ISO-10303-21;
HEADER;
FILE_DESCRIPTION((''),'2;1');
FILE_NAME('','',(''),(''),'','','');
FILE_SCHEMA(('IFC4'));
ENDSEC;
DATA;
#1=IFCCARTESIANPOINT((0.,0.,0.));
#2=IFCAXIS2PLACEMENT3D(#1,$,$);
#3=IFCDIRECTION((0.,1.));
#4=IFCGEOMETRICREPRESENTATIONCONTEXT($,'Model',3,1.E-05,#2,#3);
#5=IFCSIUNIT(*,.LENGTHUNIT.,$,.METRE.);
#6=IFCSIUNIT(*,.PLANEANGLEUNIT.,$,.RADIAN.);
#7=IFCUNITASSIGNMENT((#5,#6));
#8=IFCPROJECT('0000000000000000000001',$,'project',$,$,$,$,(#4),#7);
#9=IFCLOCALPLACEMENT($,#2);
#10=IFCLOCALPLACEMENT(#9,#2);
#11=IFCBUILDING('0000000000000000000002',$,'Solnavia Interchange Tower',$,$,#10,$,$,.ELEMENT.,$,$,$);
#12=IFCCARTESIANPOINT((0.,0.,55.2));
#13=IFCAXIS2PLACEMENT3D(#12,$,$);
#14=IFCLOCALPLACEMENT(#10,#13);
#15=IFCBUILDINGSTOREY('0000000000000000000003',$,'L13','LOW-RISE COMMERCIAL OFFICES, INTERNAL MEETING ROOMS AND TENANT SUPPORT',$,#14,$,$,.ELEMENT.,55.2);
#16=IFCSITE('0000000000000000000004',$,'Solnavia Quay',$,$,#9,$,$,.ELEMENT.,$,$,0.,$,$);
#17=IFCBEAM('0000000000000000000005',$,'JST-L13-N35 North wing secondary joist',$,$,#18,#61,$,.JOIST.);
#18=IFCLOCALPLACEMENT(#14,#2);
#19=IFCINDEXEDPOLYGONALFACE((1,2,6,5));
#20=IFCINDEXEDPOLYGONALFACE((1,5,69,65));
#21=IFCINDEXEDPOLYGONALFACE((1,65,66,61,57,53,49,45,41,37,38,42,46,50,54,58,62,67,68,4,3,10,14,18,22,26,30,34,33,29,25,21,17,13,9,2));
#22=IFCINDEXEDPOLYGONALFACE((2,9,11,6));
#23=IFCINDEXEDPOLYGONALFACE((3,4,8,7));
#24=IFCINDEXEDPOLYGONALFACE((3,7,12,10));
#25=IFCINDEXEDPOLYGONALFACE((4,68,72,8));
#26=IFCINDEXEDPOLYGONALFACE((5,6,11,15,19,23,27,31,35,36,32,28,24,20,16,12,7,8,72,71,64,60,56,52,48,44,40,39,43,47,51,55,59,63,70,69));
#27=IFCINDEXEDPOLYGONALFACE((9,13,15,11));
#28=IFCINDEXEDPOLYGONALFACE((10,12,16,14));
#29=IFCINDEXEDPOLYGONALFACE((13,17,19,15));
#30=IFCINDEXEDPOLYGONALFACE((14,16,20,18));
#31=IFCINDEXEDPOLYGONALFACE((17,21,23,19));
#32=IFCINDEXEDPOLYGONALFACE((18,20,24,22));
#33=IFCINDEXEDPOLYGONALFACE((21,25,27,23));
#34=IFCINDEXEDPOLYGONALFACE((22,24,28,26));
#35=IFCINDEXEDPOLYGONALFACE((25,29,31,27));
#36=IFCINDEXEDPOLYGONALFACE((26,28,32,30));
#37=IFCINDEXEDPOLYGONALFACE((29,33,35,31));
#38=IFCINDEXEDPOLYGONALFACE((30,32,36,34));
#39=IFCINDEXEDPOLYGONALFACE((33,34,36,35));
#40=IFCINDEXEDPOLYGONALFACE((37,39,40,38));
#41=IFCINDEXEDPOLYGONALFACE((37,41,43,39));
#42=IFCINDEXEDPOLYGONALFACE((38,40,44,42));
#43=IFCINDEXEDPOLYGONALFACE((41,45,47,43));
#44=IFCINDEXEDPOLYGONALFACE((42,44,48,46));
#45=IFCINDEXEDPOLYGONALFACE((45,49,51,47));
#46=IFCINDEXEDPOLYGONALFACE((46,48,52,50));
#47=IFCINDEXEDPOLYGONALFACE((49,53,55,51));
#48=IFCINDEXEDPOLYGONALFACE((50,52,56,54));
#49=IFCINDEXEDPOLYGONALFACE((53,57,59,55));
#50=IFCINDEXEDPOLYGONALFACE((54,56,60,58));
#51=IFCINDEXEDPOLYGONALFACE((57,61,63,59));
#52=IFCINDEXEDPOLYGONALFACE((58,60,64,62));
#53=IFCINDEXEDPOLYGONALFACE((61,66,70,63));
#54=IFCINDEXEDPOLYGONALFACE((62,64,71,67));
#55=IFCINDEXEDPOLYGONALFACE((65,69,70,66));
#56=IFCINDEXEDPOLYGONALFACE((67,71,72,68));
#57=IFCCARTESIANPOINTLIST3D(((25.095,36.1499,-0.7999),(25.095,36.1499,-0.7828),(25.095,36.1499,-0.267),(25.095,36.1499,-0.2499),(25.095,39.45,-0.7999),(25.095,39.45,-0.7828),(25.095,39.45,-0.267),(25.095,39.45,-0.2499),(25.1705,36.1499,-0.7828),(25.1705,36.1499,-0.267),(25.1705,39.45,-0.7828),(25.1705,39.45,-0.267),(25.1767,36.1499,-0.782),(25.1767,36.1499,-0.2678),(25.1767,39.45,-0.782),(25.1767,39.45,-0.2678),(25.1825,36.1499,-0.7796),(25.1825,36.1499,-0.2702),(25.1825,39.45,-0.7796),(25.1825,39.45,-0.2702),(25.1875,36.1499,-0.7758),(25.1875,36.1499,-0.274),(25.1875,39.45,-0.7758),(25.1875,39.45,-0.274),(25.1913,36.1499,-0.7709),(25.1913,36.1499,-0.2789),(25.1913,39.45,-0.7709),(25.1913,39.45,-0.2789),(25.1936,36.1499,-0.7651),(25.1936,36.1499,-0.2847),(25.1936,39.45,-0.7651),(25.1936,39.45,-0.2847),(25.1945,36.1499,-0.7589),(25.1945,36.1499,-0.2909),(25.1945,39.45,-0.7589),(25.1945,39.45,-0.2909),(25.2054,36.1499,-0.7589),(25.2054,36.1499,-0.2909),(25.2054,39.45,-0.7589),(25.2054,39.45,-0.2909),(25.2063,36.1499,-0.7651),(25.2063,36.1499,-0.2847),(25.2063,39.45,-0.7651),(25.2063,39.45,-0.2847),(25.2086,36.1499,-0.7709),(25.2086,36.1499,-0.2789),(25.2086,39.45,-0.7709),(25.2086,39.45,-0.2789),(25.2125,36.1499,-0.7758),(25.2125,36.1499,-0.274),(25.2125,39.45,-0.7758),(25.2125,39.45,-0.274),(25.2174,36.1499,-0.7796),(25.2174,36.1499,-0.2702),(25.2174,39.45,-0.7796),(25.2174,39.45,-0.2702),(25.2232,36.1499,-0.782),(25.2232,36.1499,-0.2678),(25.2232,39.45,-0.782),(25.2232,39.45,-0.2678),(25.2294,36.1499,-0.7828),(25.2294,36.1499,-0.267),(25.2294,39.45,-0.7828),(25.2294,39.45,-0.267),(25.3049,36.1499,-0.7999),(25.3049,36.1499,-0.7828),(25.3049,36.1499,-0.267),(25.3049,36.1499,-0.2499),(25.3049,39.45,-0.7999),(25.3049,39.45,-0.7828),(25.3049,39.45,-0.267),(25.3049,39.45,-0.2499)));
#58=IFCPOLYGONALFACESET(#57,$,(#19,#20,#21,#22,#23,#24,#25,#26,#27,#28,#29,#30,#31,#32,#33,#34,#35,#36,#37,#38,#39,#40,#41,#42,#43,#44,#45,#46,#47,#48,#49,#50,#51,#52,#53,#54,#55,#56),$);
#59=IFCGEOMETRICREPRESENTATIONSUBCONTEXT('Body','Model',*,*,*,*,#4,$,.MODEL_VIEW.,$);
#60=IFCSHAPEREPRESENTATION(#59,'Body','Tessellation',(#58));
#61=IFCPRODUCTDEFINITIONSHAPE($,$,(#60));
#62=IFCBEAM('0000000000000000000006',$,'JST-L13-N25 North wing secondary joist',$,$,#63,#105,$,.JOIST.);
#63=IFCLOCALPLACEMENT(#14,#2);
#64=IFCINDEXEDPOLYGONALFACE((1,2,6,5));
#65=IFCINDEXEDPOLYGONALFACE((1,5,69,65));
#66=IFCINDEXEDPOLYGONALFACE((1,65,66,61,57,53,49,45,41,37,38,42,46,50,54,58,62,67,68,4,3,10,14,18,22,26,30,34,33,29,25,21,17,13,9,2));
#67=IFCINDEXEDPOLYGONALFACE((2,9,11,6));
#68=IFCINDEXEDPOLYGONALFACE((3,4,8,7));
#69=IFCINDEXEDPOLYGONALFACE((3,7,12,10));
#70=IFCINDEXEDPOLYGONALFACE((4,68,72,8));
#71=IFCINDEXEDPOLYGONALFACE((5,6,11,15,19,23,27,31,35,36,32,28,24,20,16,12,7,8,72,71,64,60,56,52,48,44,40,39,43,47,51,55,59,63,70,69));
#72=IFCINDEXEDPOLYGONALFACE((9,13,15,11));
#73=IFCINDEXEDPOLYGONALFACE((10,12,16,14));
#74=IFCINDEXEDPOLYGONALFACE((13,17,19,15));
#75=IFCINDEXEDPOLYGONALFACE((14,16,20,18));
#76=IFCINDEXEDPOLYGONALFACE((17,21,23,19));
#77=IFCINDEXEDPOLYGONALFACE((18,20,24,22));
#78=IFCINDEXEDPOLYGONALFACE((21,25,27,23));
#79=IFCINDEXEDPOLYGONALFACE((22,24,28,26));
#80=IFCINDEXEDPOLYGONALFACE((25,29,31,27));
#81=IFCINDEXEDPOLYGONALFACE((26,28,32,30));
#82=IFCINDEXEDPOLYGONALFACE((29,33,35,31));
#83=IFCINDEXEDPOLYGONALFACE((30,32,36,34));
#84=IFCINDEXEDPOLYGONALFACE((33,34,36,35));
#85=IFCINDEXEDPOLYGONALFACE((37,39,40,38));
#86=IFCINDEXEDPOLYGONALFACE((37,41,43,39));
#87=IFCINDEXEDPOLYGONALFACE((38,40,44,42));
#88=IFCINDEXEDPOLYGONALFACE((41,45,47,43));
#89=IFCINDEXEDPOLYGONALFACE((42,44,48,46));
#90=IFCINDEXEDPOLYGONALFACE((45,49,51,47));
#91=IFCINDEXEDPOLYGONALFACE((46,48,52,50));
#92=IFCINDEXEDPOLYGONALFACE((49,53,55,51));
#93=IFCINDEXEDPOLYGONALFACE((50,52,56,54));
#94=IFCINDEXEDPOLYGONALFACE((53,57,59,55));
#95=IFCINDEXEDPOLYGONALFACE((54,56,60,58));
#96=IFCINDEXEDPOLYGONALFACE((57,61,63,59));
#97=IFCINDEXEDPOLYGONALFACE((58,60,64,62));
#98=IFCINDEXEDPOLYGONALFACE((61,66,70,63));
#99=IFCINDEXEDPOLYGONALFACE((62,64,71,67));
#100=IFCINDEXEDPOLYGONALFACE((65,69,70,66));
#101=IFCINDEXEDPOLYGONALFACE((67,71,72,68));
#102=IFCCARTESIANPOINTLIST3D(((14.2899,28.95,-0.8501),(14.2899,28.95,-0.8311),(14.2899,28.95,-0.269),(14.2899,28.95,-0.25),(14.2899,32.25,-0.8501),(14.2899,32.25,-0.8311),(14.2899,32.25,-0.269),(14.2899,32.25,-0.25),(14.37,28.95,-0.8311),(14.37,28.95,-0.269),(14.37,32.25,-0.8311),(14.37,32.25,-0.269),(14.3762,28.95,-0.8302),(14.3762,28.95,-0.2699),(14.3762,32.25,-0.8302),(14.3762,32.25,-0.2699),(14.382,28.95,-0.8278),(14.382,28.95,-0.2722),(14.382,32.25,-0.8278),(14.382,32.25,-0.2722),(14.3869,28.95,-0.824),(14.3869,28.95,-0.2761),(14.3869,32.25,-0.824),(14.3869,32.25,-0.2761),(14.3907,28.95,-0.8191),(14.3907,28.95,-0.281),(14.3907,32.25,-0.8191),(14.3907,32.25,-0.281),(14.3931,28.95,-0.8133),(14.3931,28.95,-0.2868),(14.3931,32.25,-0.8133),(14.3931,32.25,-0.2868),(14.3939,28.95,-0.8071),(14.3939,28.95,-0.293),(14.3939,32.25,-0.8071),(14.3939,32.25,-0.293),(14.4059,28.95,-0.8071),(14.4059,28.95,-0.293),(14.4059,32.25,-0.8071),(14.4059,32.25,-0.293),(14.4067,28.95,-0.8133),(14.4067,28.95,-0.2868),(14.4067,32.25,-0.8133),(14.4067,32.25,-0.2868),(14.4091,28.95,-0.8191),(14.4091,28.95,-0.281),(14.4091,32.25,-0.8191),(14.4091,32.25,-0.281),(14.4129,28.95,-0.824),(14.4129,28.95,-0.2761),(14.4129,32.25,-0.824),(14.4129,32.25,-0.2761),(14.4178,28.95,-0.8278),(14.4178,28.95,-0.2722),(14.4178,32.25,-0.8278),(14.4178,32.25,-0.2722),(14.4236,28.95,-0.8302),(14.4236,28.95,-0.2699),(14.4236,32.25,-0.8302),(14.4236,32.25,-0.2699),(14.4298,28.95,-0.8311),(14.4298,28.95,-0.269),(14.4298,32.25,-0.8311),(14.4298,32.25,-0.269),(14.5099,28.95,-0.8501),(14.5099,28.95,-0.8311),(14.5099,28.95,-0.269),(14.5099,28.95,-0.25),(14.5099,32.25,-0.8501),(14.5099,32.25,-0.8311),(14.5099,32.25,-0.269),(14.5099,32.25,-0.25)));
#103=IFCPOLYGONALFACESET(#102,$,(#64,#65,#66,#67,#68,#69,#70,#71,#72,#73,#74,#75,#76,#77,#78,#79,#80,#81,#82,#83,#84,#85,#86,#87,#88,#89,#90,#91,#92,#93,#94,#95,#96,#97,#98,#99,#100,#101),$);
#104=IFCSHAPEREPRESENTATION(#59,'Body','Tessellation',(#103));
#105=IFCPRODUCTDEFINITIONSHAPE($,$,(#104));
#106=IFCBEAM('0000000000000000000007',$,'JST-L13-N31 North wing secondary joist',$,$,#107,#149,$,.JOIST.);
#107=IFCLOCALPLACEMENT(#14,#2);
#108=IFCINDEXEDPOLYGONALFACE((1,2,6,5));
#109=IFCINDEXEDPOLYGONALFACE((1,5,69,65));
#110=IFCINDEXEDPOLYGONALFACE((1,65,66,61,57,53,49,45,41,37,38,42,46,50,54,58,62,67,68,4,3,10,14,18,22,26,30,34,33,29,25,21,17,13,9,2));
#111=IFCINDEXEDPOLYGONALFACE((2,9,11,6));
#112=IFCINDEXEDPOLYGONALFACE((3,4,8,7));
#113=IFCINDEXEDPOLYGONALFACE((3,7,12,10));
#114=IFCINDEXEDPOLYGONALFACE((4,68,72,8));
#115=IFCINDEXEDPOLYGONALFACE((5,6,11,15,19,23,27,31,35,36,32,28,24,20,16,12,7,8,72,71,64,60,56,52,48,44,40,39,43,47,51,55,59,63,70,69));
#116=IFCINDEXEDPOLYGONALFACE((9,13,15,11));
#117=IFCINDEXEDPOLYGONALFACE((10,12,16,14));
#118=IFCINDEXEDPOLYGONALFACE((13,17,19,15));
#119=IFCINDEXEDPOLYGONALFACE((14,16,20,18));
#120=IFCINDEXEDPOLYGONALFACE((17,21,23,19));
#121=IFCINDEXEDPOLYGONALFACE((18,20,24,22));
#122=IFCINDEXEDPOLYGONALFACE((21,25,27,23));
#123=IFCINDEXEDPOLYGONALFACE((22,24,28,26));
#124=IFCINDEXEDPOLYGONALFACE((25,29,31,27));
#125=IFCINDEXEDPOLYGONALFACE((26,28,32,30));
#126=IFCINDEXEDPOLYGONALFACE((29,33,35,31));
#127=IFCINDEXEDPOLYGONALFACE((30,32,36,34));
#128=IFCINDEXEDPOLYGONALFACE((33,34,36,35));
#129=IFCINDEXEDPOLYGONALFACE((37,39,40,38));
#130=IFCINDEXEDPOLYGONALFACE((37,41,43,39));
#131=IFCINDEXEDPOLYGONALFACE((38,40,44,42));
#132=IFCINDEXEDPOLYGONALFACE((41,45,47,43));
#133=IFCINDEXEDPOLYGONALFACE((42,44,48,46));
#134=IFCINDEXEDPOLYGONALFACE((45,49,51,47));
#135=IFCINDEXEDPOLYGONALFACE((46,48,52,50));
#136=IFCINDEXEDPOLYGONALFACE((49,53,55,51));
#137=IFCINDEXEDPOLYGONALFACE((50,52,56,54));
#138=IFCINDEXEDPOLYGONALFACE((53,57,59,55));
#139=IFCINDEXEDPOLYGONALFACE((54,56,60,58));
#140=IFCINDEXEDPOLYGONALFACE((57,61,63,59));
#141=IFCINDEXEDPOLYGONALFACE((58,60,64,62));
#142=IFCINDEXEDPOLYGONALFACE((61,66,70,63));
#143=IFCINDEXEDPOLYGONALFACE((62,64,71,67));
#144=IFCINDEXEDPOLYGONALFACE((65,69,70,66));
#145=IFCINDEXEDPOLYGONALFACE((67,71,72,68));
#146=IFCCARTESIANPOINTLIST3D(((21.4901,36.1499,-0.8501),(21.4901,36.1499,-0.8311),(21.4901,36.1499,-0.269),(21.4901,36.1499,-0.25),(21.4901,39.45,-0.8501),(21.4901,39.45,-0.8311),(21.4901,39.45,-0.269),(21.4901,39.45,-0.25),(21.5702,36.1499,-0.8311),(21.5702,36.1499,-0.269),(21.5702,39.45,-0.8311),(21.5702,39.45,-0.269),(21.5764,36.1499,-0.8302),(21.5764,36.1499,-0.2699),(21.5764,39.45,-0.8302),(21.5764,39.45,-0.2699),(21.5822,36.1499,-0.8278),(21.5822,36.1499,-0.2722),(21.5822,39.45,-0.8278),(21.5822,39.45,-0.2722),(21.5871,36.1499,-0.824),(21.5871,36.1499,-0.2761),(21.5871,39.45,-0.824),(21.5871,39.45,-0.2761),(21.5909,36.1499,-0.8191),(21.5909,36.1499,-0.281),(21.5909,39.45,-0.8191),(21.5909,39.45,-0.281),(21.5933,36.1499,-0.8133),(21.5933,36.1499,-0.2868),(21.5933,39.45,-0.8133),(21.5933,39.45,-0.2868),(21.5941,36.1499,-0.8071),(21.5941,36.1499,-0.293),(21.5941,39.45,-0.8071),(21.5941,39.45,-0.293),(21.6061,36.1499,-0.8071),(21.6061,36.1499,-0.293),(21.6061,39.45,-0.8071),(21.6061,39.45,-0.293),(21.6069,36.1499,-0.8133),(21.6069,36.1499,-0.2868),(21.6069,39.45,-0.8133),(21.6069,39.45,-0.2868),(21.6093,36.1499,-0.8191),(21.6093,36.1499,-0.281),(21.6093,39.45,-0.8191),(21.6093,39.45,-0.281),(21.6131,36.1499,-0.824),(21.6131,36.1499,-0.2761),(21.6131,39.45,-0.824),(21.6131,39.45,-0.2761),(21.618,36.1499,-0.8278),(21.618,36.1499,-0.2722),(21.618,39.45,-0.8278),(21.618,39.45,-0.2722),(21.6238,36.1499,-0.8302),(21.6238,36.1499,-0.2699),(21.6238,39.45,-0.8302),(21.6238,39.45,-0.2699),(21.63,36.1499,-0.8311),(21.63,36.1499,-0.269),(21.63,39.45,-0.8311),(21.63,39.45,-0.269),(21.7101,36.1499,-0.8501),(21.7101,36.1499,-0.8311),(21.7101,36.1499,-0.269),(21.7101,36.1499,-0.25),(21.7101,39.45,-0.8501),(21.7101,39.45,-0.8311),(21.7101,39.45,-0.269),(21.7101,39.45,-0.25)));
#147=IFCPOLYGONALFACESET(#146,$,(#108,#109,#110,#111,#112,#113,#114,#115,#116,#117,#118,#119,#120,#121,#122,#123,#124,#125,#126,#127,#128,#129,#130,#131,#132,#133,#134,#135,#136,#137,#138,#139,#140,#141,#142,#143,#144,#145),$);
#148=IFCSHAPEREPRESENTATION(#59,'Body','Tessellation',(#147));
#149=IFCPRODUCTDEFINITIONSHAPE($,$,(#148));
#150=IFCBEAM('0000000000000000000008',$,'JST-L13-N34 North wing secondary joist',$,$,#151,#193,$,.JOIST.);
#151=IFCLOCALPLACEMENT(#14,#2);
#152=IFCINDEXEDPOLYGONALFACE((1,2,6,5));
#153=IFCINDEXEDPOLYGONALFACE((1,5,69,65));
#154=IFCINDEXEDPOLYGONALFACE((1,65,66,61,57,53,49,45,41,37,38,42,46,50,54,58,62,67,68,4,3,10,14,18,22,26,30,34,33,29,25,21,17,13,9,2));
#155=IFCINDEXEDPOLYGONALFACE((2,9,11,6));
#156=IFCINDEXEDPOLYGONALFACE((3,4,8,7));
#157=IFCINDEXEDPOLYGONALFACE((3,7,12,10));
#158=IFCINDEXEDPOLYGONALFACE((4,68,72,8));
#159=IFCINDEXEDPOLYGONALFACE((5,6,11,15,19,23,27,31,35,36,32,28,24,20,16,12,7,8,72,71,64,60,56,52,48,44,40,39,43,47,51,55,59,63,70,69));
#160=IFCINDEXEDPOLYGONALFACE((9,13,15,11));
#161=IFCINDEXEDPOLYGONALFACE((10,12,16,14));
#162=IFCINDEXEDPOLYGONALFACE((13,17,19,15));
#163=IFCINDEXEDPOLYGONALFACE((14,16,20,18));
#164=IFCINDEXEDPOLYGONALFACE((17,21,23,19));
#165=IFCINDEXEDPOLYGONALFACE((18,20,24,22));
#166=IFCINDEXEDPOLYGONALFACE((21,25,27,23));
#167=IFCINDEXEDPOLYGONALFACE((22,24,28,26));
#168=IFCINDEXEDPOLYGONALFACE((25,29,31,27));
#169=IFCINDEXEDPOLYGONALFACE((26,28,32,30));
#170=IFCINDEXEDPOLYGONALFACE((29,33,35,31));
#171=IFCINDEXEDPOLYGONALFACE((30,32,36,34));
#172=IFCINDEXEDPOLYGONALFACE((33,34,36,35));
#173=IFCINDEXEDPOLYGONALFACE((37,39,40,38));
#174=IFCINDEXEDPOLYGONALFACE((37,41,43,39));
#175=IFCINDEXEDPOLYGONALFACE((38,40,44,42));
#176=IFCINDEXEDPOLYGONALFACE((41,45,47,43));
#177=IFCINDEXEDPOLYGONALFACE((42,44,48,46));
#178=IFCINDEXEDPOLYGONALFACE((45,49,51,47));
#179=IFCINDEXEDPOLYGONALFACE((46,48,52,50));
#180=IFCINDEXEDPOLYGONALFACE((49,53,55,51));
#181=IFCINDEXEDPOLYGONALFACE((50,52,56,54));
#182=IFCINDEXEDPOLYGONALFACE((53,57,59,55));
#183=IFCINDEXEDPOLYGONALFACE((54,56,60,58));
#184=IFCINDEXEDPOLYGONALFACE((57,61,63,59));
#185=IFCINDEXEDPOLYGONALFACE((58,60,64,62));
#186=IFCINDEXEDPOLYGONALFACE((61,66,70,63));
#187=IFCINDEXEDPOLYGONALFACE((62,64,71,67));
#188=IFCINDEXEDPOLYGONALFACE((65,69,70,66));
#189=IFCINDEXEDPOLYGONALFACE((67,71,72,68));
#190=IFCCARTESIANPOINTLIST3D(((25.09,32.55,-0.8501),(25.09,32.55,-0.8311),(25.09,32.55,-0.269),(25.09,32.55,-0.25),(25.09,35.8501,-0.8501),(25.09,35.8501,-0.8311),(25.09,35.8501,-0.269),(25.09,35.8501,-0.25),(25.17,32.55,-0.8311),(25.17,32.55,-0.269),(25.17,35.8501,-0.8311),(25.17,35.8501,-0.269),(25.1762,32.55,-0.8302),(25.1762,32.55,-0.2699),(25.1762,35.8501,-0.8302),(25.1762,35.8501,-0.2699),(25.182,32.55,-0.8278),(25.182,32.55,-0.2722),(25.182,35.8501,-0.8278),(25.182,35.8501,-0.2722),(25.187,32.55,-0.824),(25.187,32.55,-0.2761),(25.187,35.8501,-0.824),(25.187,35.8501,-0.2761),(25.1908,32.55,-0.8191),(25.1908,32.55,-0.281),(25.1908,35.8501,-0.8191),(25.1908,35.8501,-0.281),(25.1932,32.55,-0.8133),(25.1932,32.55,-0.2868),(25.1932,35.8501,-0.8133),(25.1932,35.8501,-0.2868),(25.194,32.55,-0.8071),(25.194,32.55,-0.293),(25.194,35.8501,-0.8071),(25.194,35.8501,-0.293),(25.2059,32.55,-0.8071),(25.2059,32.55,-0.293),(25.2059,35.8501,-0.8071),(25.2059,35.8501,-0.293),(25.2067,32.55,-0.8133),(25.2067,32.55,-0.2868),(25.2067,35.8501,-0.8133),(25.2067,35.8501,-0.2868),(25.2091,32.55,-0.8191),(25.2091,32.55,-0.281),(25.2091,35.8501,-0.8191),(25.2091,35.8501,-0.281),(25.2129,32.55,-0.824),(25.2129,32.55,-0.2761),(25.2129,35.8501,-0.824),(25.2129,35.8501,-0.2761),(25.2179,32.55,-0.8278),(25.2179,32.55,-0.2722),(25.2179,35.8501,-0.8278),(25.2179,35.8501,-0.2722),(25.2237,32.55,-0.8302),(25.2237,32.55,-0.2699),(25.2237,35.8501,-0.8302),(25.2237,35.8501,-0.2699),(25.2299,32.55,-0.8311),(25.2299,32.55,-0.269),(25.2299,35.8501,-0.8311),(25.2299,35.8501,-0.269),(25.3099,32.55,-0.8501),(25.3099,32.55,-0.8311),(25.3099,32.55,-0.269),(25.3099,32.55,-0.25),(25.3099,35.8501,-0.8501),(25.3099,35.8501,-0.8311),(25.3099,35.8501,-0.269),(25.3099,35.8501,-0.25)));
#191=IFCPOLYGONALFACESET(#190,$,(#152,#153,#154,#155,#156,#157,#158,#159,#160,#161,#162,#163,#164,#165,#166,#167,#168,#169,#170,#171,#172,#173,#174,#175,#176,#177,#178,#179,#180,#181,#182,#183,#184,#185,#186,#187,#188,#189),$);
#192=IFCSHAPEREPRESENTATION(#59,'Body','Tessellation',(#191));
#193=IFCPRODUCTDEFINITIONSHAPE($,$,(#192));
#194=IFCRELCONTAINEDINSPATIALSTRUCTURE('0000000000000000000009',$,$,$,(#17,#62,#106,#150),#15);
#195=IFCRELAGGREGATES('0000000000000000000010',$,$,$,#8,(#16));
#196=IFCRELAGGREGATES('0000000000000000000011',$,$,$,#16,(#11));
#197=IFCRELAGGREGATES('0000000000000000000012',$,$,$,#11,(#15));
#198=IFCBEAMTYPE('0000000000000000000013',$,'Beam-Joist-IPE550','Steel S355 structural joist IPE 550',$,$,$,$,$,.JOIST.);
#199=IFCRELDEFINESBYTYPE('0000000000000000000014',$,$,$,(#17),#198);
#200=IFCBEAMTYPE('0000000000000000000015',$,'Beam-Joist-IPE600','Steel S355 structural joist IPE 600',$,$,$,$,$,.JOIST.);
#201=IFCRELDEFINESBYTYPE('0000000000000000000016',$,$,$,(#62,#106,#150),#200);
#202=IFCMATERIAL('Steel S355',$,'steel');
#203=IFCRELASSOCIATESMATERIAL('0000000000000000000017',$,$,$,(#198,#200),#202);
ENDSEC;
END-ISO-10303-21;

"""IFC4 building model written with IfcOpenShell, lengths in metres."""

from ifc_helpers import new_model, si_unit, direction, frame, origin, origin_2d, place, context, subcontext, project, spatial, i_section, extrude, material, material_profile, profile_set, type_object, element, save


model = new_model("IFC4")

# Units and contexts
model_context = context("Model", 3, precision=1e-05, world=origin(), true_north=direction((0.0, 1.0)))
body_context = subcontext(model_context, "Body", "Model", "MODEL_VIEW")
ifc_project = project(units=[si_unit("LENGTHUNIT", "METRE"), si_unit("PLANEANGLEUNIT", "RADIAN")], contexts=[model_context])

# Site, building, storey
site_placement = place(None, origin())
site = spatial("IfcSite", under=ifc_project, at=site_placement, Name="Solnavia Quay", CompositionType="ELEMENT", RefElevation=0.0)
building_placement = place(site_placement, origin())
building = spatial("IfcBuilding", under=site, at=building_placement, Name="Solnavia Interchange Tower", CompositionType="ELEMENT")
storey_placement = place(building_placement, frame((0.0, 0.0, 55.2)))
storey = spatial("IfcBuildingStorey", under=building, at=storey_placement, Name="L13", Description="LOW-RISE COMMERCIAL OFFICES, INTERNAL MEETING ROOMS AND TENANT SUPPORT", CompositionType="ELEMENT", Elevation=55.2)

# Shared definitions
ifc_material_1 = material(Name="Steel S355", Category="steel")

# Beams
ifc_material_profile_1 = material_profile(ifc_material_1, i_section(OverallWidth=0.21, OverallDepth=0.55, WebThickness=0.011, FlangeThickness=0.0171, FilletRadius=0.0239, at=origin_2d()), Name="IPE 550")
ifc_profile_set_1 = profile_set([ifc_material_profile_1], Name="Steel S355")
beam_type_1 = type_object("IfcBeamType", Name="Beam-Joist-IPE550", Description="Steel S355 structural joist IPE 550", PredefinedType="JOIST", material=ifc_profile_set_1)
for number, where, z_axis, x_axis, name in (
    (1, (25.2, 36.1499, -0.5249), (0.0, 1.0, 0.0), (-1.0, 0.0, 0.0), "JST-L13-N35 North wing secondary joist"),
):
    element("IfcBeam", number, at=place(storey_placement, frame(where, z_axis=z_axis, x_axis=x_axis)), inside=storey, type_object=beam_type_1, Name=name, PredefinedType="JOIST", context=body_context, shape_type="SweptSolid", body=[
        extrude(i_section(OverallWidth=0.21, OverallDepth=0.55, WebThickness=0.011, FlangeThickness=0.0171, FilletRadius=0.0239, at=origin_2d()), origin(), (0.0, 0.0, 1.0), 3.3),
    ])
ifc_material_profile_2 = material_profile(ifc_material_1, i_section(OverallWidth=0.22, OverallDepth=0.6001, WebThickness=0.012, FlangeThickness=0.019, FilletRadius=0.0239, at=origin_2d()), Name="IPE 600")
ifc_profile_set_2 = profile_set([ifc_material_profile_2], Name="Steel S355")
beam_type_2 = type_object("IfcBeamType", Name="Beam-Joist-IPE600", Description="Steel S355 structural joist IPE 600", PredefinedType="JOIST", material=ifc_profile_set_2)
for number, where, z_axis, x_axis, name in (
    (2, (14.3999, 28.95, -0.55), (0.0, 1.0, 0.0), (-1.0, 0.0, 0.0), "JST-L13-N25 North wing secondary joist"),
    (3, (21.6001, 36.1499, -0.55), (0.0, 1.0, 0.0), (-1.0, 0.0, 0.0), "JST-L13-N31 North wing secondary joist"),
    (4, (25.2, 32.55, -0.55), (0.0, 1.0, 0.0), (-1.0, 0.0, 0.0), "JST-L13-N34 North wing secondary joist"),
):
    element("IfcBeam", number, at=place(storey_placement, frame(where, z_axis=z_axis, x_axis=x_axis)), inside=storey, type_object=beam_type_2, Name=name, PredefinedType="JOIST", context=body_context, shape_type="SweptSolid", body=[
        extrude(i_section(OverallWidth=0.22, OverallDepth=0.6001, WebThickness=0.012, FlangeThickness=0.019, FilletRadius=0.0239, at=origin_2d()), origin(), (0.0, 0.0, 1.0), 3.3),
    ])

save(model, "model.ifc")
